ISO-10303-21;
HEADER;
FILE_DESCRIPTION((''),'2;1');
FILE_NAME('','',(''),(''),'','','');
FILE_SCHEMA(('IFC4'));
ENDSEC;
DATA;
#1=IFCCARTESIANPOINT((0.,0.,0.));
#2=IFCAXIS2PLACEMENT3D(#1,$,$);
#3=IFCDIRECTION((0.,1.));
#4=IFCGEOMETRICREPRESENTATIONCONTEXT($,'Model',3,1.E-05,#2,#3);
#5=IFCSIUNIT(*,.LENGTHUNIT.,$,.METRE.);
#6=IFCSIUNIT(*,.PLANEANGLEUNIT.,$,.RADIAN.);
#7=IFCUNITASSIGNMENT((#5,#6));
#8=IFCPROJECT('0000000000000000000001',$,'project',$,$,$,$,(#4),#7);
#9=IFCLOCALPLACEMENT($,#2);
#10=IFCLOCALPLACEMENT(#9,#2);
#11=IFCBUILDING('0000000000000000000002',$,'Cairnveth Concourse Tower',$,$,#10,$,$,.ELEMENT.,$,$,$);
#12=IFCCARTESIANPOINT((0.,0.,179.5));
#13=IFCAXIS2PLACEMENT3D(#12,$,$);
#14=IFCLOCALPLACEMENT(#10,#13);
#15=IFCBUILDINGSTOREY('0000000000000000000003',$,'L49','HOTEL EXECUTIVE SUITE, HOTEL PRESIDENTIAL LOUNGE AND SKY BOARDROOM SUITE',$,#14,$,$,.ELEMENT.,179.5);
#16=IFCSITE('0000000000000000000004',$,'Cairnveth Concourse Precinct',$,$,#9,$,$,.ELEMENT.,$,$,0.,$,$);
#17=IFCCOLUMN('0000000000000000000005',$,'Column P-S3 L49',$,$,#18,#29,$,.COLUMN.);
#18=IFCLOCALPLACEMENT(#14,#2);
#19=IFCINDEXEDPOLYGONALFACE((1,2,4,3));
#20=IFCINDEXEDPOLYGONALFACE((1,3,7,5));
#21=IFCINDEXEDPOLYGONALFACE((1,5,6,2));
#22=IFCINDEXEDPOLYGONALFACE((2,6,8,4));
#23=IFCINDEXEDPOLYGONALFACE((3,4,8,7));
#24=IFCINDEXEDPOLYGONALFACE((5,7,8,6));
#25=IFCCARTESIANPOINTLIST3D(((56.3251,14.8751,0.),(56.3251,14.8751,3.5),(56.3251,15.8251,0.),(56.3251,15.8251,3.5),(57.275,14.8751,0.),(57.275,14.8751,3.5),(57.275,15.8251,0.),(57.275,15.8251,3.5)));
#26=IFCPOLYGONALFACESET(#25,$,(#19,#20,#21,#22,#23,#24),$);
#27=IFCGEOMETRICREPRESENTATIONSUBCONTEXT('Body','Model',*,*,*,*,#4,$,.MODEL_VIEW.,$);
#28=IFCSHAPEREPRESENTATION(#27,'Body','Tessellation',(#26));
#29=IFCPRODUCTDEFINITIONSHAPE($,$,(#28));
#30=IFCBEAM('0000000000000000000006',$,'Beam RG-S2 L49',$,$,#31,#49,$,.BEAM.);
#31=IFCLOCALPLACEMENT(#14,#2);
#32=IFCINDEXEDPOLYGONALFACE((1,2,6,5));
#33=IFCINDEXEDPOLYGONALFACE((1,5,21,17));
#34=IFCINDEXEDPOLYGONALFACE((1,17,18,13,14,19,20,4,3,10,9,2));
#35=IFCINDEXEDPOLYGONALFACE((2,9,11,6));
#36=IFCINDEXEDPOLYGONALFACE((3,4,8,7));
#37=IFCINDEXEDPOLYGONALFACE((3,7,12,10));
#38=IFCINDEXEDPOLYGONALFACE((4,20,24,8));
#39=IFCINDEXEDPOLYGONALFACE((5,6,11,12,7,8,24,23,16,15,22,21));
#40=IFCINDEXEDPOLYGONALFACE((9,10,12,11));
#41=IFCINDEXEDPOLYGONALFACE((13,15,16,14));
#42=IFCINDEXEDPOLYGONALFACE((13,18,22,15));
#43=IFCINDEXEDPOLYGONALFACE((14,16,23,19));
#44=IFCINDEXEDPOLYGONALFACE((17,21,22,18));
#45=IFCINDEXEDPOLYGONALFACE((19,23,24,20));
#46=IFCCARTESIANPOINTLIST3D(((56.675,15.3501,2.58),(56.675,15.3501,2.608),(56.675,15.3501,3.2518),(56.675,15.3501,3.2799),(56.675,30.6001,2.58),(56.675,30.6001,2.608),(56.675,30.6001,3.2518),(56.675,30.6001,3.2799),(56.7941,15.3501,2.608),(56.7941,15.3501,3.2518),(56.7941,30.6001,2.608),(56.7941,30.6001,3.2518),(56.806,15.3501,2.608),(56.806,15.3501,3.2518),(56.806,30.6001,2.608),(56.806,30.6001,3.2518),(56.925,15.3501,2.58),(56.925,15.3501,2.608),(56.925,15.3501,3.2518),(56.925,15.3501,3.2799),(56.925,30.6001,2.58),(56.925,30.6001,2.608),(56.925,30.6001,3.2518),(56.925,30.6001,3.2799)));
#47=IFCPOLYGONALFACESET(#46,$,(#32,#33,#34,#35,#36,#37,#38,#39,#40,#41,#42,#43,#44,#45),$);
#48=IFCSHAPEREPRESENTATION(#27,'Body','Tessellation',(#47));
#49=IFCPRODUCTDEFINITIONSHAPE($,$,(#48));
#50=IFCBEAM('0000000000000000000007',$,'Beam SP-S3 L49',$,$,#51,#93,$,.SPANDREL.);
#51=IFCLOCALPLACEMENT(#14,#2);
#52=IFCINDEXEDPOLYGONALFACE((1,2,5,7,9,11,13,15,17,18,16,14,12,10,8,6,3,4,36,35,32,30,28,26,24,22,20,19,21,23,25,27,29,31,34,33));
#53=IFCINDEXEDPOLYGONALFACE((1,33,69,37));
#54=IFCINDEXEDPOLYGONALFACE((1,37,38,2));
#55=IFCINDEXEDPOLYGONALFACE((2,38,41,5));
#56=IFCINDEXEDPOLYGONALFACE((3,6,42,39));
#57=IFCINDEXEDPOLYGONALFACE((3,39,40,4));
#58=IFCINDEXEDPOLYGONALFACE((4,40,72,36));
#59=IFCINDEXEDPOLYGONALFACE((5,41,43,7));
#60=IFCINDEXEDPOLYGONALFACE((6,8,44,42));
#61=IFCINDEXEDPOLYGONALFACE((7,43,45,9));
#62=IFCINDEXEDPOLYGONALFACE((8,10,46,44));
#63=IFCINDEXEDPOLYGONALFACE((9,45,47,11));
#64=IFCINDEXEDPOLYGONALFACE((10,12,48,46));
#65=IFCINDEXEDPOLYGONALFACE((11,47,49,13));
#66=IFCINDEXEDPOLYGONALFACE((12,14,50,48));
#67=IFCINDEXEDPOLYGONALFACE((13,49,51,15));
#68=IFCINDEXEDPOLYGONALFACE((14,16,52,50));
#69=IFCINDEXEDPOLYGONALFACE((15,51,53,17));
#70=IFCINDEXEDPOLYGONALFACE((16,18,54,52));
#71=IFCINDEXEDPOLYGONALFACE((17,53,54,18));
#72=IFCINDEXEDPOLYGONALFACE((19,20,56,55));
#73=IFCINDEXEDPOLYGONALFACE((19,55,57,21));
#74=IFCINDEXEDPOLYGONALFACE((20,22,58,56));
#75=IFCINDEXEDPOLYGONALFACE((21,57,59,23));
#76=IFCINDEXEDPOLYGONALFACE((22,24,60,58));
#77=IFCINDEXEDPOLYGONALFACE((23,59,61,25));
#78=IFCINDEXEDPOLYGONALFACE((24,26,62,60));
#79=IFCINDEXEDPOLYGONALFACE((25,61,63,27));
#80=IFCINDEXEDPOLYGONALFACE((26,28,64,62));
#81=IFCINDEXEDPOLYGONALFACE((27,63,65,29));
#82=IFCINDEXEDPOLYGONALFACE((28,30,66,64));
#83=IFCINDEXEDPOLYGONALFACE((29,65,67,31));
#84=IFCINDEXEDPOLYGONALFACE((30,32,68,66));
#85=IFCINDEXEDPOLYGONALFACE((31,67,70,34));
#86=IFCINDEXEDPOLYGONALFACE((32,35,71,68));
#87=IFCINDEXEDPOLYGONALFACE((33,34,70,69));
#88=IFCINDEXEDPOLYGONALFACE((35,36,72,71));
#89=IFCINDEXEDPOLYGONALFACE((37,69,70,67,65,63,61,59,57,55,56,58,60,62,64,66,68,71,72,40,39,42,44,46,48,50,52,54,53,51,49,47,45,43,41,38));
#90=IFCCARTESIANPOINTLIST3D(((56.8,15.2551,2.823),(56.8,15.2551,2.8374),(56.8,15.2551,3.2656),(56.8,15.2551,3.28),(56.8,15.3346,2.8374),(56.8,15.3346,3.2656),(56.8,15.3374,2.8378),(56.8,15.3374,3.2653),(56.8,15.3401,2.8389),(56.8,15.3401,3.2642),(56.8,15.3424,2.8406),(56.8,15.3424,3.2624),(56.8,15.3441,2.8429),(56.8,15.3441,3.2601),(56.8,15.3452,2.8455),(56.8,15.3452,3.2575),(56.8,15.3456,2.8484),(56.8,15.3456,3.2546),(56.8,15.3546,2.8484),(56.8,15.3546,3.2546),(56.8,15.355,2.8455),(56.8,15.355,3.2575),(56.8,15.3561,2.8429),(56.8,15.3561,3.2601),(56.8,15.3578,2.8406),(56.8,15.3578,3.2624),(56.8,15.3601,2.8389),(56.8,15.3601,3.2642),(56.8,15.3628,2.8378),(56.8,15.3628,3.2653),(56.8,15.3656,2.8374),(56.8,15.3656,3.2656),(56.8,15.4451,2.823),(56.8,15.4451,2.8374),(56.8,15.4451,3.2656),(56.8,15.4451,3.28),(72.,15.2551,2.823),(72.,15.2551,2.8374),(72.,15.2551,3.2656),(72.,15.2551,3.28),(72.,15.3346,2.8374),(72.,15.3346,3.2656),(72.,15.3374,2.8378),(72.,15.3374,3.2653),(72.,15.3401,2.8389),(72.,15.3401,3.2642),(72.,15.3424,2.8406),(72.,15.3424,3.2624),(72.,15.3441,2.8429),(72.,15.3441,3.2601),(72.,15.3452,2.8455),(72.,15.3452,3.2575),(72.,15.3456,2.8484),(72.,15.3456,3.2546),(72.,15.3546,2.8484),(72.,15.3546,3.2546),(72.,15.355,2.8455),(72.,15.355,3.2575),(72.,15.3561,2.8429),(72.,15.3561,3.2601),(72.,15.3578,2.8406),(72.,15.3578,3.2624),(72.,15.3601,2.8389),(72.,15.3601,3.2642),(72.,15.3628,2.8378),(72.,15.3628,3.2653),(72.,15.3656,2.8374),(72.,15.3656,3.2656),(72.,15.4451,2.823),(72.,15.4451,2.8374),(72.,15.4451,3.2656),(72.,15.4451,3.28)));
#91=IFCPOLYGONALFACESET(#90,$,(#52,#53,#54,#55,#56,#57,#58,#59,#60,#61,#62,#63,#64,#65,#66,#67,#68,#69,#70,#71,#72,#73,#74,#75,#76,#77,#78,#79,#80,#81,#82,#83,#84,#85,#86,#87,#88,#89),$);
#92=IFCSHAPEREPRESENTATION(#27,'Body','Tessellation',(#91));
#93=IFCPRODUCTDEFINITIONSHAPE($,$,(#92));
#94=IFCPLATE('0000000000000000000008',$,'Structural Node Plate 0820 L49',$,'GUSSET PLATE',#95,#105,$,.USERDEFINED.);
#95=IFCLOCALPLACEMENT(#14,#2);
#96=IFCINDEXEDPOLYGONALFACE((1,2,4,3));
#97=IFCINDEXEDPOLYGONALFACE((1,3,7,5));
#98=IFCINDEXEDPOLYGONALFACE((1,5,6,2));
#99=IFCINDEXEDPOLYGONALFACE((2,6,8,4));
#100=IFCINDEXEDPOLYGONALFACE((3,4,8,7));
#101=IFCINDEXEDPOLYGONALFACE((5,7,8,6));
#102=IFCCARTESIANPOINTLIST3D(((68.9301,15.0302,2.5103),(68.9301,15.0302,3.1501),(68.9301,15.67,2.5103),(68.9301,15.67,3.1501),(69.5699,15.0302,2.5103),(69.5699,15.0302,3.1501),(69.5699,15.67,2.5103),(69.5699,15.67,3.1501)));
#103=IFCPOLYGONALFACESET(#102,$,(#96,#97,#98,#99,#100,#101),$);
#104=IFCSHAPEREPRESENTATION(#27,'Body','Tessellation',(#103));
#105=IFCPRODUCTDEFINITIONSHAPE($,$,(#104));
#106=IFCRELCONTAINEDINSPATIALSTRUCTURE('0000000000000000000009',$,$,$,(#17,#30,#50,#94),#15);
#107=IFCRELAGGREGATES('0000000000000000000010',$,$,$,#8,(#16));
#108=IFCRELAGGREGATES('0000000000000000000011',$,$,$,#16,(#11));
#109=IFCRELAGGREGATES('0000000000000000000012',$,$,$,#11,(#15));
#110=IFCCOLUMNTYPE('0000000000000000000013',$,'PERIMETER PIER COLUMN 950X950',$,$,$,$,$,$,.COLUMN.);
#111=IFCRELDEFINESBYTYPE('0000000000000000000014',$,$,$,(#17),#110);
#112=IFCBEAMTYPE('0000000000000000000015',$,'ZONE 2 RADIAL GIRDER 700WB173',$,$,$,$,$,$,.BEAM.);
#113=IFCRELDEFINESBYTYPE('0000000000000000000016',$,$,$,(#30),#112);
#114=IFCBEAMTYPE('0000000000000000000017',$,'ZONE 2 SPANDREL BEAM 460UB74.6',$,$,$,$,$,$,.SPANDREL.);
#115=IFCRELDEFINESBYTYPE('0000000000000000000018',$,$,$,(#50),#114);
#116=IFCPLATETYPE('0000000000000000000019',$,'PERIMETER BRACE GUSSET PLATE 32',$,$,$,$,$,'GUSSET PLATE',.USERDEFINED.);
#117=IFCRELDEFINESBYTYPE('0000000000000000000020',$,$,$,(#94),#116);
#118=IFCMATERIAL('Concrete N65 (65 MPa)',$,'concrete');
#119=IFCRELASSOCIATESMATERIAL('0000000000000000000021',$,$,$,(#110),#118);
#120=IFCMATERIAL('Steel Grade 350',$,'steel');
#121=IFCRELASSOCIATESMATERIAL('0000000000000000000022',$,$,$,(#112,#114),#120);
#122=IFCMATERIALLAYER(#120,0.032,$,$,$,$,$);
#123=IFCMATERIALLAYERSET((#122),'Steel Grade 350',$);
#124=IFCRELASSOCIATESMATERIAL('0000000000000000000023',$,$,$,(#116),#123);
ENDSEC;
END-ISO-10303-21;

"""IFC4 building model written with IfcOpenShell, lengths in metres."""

from ifc_helpers import new_model, si_unit, direction, frame, origin, origin_2d, place, context, subcontext, project, spatial, rectangle, i_section, extrude, material, layer, layer_set, material_profile, profile_set, type_object, element, save


model = new_model("IFC4")

# Units and contexts
model_context = context("Model", 3, precision=1e-05, world=origin(), true_north=direction((0.0, 1.0)))
body_context = subcontext(model_context, "Body", "Model", "MODEL_VIEW")
ifc_project = project(units=[si_unit("LENGTHUNIT", "METRE"), si_unit("PLANEANGLEUNIT", "RADIAN")], contexts=[model_context])

# Site, building, storey
site_placement = place(None, origin())
site = spatial("IfcSite", under=ifc_project, at=site_placement, Name="Cairnveth Concourse Precinct", CompositionType="ELEMENT", RefElevation=0.0)
building_placement = place(site_placement, origin())
building = spatial("IfcBuilding", under=site, at=building_placement, Name="Cairnveth Concourse Tower", CompositionType="ELEMENT")
storey_placement = place(building_placement, frame((0.0, 0.0, 179.5)))
storey = spatial("IfcBuildingStorey", under=building, at=storey_placement, Name="L49", Description="HOTEL EXECUTIVE SUITE, HOTEL PRESIDENTIAL LOUNGE AND SKY BOARDROOM SUITE", CompositionType="ELEMENT", Elevation=179.5)

# Column
ifc_material_1 = material(Name="Concrete N65 (65 MPa)", Category="concrete")
ifc_material_profile_1 = material_profile(ifc_material_1, rectangle(XDim=0.95, YDim=0.95, at=origin_2d()), Name="RC-COL-950x950")
ifc_profile_set_1 = profile_set([ifc_material_profile_1], Name="Concrete N65 (65 MPa)")
column_type = type_object("IfcColumnType", Name="PERIMETER PIER COLUMN 950X950", PredefinedType="COLUMN", material=ifc_profile_set_1)
column_placement = place(storey_placement, frame((56.8, 15.3501, 0.0), z_axis=(0.0, 0.0, 1.0), x_axis=(1.0, 0.0, 0.0)))
element("IfcColumn", 1, at=column_placement, inside=storey, type_object=column_type, Name="Column P-S3 L49", PredefinedType="COLUMN", context=body_context, shape_type="SweptSolid", body=[
    extrude(rectangle(XDim=0.95, YDim=0.95, at=origin_2d()), origin(), (0.0, 0.0, 1.0), 3.5),
])

# Beams
ifc_material_2 = material(Name="Steel Grade 350", Category="steel")
ifc_material_profile_2 = material_profile(ifc_material_2, i_section(OverallWidth=0.25, OverallDepth=0.7, WebThickness=0.012, FlangeThickness=0.0281, at=origin_2d()), Name="700WB173")
ifc_profile_set_2 = profile_set([ifc_material_profile_2], Name="Steel Grade 350")
beam_type_1 = type_object("IfcBeamType", Name="ZONE 2 RADIAL GIRDER 700WB173", PredefinedType="BEAM", material=ifc_profile_set_2)
beam_1_placement = place(storey_placement, frame((56.8, 15.3501, 2.9299), z_axis=(0.0, 1.0, 0.0), x_axis=(-1.0, 0.0, 0.0)))
element("IfcBeam", 2, at=beam_1_placement, inside=storey, type_object=beam_type_1, Name="Beam RG-S2 L49", PredefinedType="BEAM", context=body_context, shape_type="SweptSolid", body=[
    extrude(i_section(OverallWidth=0.25, OverallDepth=0.7, WebThickness=0.012, FlangeThickness=0.0281, at=origin_2d()), origin(), (0.0, 0.0, 1.0), 15.25),
])
ifc_material_profile_3 = material_profile(ifc_material_2, i_section(OverallWidth=0.1899, OverallDepth=0.457, WebThickness=0.009, FlangeThickness=0.0144, FilletRadius=0.011, at=origin_2d()), Name="460UB74.6")
ifc_profile_set_3 = profile_set([ifc_material_profile_3], Name="Steel Grade 350")
beam_type_2 = type_object("IfcBeamType", Name="ZONE 2 SPANDREL BEAM 460UB74.6", PredefinedType="SPANDREL", material=ifc_profile_set_3)
beam_2_placement = place(storey_placement, frame((56.8, 15.3501, 3.0515), z_axis=(1.0, 0.0, 0.0), x_axis=(0.0, 1.0, 0.0)))
element("IfcBeam", 3, at=beam_2_placement, inside=storey, type_object=beam_type_2, Name="Beam SP-S3 L49", PredefinedType="SPANDREL", context=body_context, shape_type="SweptSolid", body=[
    extrude(i_section(OverallWidth=0.1899, OverallDepth=0.457, WebThickness=0.009, FlangeThickness=0.0144, FilletRadius=0.011, at=origin_2d()), origin(), (0.0, 0.0, 1.0), 15.2),
])

# Plate
ifc_layer_1 = layer(ifc_material_2, 0.032)
ifc_layer_set_1 = layer_set([ifc_layer_1], Name="Steel Grade 350")
plate_type = type_object("IfcPlateType", Name="PERIMETER BRACE GUSSET PLATE 32", ElementType="GUSSET PLATE", PredefinedType="USERDEFINED", material=ifc_layer_set_1)
plate_placement = place(storey_placement, frame((69.25, 15.3501, 2.5103), z_axis=(0.0, 0.0, 1.0), x_axis=(1.0, 0.0, 0.0)))
element("IfcPlate", 4, at=plate_placement, inside=storey, type_object=plate_type, Name="Structural Node Plate 0820 L49", ObjectType="GUSSET PLATE", PredefinedType="USERDEFINED", context=body_context, shape_type="SweptSolid", body=[
    extrude(rectangle(XDim=0.6399, YDim=0.6399, at=origin_2d()), origin(), (0.0, 0.0, 1.0), 0.6399),
])

save(model, "model.ifc")
